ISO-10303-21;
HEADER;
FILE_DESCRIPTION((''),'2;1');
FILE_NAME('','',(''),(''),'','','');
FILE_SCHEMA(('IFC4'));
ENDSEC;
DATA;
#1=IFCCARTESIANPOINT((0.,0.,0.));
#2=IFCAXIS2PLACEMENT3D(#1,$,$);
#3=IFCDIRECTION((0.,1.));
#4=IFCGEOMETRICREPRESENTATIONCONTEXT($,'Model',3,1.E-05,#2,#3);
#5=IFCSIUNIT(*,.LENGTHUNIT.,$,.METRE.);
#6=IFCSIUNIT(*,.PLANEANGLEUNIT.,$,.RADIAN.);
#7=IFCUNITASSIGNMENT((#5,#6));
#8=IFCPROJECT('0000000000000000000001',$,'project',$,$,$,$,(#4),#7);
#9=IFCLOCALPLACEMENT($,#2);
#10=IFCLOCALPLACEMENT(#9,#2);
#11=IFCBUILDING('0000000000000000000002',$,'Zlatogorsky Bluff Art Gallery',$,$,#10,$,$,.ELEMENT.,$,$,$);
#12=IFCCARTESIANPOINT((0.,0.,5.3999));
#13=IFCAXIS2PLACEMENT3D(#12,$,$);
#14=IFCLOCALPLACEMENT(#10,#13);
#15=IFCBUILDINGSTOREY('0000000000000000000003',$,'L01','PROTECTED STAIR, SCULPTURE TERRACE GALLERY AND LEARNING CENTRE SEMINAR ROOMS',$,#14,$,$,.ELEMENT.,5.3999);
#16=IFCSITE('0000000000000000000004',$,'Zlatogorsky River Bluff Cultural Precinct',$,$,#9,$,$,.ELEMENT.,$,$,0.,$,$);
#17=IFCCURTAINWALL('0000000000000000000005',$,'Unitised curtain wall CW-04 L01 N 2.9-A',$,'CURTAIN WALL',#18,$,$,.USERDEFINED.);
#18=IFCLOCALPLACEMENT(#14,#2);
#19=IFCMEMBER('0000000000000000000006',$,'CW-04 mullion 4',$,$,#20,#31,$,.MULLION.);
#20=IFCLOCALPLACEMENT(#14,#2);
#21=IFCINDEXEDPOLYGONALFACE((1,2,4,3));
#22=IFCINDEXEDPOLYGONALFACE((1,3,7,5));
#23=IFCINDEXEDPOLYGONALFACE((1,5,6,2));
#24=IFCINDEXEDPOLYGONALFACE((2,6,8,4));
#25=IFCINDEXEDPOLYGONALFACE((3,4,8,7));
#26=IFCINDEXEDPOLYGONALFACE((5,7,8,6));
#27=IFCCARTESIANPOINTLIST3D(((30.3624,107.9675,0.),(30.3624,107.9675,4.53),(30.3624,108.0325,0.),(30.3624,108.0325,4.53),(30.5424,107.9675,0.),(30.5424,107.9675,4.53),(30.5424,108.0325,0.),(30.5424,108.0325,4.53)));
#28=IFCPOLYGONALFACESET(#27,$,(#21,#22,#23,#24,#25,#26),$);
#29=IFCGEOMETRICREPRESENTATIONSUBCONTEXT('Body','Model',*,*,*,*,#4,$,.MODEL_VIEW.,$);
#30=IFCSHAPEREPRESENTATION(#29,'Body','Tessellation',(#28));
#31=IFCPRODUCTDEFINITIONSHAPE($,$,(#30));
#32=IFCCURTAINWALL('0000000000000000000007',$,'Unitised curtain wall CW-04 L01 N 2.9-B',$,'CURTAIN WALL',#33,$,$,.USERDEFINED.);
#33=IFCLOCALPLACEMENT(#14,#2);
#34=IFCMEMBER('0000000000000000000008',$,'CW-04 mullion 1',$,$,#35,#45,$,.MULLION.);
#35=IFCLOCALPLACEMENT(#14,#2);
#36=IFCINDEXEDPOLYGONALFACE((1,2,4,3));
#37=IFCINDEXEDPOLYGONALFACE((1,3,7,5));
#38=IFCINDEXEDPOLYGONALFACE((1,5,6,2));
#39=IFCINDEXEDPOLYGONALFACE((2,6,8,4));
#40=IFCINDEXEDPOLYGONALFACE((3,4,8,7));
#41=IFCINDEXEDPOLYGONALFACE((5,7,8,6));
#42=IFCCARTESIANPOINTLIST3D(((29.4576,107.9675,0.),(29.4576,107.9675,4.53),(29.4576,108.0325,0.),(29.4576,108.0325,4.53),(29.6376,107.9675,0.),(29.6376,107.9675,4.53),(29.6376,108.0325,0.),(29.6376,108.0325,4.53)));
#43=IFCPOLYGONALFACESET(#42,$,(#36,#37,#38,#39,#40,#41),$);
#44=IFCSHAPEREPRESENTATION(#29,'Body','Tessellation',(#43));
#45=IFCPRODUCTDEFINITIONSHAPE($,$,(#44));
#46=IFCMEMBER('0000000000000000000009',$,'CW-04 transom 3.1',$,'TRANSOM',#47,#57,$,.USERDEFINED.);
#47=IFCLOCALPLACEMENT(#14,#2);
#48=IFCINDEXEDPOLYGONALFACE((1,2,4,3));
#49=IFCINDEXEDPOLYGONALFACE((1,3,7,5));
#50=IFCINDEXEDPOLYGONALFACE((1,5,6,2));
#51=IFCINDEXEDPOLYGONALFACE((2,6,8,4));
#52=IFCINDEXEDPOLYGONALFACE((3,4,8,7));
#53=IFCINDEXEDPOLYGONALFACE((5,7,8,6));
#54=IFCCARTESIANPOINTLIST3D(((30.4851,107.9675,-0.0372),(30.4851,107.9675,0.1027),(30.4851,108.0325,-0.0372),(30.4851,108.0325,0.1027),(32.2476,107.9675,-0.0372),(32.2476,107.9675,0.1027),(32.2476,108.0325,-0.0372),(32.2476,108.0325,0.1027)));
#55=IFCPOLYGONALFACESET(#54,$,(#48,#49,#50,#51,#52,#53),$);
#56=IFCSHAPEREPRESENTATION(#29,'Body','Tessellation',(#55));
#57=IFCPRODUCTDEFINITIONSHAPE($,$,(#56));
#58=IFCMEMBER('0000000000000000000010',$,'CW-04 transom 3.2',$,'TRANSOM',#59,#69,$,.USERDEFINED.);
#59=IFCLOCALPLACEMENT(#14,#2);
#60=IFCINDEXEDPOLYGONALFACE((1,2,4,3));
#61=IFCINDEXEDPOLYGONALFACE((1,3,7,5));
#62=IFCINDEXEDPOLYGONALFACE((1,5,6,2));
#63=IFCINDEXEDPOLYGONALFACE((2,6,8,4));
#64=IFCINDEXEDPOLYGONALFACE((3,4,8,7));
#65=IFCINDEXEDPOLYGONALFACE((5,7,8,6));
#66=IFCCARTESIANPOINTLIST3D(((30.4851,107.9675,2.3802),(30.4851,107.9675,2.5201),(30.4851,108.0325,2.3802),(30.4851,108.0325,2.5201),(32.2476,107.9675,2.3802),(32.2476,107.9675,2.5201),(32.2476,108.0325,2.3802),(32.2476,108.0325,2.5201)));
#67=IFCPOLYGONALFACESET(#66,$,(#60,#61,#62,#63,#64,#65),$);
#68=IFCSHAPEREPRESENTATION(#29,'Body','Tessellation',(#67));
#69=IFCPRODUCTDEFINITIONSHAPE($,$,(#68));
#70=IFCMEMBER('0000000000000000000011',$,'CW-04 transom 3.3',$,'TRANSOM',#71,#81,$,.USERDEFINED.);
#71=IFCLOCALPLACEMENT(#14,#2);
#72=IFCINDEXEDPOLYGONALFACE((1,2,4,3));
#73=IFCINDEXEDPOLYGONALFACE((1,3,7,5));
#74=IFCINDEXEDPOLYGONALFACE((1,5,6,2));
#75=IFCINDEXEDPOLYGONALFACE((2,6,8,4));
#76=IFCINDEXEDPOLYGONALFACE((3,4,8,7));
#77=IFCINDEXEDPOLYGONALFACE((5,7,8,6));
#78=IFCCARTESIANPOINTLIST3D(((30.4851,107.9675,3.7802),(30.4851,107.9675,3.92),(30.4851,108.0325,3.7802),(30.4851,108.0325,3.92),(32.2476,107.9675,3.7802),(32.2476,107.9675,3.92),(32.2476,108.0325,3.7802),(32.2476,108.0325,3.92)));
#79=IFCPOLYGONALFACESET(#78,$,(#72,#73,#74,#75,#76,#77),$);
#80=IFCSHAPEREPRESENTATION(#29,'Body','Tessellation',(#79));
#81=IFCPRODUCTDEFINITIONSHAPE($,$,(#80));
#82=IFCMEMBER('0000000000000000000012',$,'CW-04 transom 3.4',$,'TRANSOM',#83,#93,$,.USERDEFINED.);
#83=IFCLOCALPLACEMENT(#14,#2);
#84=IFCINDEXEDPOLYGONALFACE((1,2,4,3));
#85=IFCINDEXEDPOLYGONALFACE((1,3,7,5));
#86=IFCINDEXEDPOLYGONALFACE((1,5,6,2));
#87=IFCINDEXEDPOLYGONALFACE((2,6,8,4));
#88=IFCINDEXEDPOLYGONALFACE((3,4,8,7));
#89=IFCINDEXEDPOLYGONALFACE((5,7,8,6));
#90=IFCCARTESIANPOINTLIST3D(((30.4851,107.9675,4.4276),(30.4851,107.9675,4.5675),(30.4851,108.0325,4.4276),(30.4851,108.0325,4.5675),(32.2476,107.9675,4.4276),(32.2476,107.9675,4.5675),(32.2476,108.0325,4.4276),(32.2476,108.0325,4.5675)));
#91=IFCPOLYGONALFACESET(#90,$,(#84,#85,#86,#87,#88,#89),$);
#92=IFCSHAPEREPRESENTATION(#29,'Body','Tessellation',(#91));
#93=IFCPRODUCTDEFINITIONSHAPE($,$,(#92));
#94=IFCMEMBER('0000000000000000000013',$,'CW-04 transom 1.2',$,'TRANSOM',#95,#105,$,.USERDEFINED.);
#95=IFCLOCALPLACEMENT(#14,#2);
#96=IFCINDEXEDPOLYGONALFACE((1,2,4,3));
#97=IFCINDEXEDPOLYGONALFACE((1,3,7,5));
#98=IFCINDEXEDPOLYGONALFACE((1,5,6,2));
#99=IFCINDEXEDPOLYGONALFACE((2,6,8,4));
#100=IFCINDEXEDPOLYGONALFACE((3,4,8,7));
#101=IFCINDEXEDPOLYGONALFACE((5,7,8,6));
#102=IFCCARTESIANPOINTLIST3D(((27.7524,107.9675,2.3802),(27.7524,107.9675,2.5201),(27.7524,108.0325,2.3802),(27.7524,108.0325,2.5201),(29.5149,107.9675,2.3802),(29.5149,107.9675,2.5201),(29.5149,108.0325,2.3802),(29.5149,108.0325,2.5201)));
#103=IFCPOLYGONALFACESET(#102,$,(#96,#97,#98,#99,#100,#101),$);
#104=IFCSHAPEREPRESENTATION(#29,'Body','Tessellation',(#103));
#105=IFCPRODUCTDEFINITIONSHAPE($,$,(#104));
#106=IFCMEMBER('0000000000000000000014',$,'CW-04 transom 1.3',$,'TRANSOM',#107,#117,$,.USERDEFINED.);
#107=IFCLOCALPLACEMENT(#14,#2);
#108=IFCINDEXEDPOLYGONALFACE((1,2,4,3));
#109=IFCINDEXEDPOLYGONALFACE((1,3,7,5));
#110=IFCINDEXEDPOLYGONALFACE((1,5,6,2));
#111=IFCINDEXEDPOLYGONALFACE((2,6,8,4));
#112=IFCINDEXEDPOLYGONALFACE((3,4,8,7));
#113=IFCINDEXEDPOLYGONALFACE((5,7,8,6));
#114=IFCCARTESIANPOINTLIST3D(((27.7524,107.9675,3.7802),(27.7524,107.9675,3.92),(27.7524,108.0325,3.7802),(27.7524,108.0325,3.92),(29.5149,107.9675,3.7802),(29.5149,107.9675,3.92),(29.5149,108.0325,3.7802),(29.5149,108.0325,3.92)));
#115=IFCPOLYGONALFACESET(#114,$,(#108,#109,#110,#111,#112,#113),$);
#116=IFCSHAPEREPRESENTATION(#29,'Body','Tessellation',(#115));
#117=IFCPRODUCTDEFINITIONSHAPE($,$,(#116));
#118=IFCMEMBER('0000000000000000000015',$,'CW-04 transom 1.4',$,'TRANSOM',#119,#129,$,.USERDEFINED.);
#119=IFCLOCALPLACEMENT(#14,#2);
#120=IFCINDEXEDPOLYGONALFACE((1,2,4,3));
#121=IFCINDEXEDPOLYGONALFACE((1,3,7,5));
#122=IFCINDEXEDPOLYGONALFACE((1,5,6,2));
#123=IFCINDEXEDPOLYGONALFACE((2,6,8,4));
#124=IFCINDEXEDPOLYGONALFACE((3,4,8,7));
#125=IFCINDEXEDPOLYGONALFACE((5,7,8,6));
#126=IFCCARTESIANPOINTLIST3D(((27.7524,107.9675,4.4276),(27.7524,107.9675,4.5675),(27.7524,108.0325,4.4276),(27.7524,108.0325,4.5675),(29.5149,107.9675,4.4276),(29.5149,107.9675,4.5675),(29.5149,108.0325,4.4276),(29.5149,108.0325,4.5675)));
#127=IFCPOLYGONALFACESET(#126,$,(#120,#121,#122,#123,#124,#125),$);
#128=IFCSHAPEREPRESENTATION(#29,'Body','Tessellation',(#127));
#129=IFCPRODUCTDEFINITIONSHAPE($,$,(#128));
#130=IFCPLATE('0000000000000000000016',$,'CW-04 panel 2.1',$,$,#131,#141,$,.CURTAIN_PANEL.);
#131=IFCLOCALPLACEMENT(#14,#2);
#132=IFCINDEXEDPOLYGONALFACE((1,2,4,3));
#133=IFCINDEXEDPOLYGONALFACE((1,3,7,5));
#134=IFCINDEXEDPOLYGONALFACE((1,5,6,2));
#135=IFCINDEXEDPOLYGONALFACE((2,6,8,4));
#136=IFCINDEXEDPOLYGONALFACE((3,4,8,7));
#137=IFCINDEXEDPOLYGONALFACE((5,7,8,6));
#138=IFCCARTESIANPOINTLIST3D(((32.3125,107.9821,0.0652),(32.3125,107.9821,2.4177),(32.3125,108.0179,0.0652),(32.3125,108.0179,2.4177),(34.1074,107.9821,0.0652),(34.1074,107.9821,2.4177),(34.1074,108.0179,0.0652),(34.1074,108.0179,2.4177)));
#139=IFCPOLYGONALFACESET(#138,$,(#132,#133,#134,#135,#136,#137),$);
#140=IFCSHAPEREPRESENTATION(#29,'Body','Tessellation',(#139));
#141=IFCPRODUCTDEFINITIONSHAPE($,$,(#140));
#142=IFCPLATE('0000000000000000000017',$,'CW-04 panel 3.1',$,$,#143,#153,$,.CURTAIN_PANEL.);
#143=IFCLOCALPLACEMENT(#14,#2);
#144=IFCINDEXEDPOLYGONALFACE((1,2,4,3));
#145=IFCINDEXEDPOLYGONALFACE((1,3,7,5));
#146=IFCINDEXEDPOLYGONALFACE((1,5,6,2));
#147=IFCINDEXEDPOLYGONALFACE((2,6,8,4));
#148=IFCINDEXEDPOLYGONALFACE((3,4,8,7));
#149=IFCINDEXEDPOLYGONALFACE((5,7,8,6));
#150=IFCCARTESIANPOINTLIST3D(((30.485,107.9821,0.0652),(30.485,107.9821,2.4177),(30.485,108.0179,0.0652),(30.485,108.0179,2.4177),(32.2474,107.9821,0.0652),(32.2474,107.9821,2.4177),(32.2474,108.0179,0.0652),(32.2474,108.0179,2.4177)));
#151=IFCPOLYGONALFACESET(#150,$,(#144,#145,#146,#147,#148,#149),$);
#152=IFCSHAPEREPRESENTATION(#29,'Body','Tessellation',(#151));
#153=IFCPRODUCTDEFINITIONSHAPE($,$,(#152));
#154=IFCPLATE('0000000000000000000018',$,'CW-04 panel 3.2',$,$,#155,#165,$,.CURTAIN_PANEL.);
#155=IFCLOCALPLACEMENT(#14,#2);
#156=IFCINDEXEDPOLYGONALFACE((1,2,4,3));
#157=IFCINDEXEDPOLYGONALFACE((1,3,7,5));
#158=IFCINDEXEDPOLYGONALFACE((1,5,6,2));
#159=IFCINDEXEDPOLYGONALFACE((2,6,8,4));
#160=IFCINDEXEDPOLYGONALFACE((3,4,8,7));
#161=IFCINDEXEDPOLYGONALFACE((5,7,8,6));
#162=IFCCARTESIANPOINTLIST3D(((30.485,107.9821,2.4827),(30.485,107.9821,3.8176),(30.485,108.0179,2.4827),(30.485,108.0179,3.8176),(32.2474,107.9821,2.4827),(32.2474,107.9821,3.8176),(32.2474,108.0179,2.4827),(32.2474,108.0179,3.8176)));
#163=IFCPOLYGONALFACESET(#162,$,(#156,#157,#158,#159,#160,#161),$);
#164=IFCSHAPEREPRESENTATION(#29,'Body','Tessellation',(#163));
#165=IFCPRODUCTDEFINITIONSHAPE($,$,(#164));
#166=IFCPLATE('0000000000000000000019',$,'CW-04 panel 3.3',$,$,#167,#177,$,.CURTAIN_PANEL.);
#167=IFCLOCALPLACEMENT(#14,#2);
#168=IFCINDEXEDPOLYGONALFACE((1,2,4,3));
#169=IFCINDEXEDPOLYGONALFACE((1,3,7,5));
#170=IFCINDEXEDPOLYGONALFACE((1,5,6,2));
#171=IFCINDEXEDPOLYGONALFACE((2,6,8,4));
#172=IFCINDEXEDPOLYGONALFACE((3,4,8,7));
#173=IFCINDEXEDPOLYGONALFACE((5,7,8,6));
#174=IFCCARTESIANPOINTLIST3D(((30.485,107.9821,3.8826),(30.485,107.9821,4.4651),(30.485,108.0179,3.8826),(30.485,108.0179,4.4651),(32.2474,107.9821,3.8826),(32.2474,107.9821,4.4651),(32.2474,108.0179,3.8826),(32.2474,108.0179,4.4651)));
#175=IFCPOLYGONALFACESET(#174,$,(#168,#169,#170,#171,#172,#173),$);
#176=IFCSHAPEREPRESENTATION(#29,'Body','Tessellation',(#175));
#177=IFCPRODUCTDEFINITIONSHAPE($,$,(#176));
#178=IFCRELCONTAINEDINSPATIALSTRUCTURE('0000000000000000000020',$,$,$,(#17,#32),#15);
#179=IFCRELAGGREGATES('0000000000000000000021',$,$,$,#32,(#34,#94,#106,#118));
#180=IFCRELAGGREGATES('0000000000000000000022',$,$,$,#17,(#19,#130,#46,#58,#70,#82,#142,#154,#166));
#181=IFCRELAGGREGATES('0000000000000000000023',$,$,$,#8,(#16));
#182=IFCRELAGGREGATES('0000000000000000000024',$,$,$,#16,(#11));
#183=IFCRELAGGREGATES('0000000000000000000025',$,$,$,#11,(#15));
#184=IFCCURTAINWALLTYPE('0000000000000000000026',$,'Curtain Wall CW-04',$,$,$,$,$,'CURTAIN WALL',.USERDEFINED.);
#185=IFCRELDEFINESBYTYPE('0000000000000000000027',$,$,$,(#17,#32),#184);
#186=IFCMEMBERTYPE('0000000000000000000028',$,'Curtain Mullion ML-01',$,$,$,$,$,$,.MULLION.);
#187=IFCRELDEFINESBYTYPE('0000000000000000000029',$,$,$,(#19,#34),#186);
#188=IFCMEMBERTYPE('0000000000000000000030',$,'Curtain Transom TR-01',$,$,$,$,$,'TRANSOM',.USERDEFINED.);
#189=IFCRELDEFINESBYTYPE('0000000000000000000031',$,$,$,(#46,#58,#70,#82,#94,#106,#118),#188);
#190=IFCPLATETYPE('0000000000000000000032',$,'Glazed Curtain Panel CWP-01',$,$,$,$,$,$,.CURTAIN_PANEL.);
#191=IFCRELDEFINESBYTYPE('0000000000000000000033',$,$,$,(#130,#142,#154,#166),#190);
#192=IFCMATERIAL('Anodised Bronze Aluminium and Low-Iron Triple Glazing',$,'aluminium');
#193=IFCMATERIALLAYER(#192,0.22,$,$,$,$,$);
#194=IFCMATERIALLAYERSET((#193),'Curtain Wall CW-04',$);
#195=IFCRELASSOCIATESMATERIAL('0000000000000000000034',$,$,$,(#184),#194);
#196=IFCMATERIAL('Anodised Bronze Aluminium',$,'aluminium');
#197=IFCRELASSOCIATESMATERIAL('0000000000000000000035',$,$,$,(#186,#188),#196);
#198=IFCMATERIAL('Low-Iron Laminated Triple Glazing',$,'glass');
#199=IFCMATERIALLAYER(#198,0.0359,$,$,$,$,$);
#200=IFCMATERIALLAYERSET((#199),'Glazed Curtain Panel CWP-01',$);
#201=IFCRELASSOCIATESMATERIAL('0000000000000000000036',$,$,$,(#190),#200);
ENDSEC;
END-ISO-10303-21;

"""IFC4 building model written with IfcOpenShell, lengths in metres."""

from ifc_helpers import new_model, si_unit, direction, frame, origin, origin_2d, place, context, subcontext, project, spatial, rectangle, extrude, material, layer, layer_set, material_profile, profile_set, type_object, element, aggregate, save


model = new_model("IFC4")

# Units and contexts
model_context = context("Model", 3, precision=1e-05, world=origin(), true_north=direction((0.0, 1.0)))
body_context = subcontext(model_context, "Body", "Model", "MODEL_VIEW")
ifc_project = project(units=[si_unit("LENGTHUNIT", "METRE"), si_unit("PLANEANGLEUNIT", "RADIAN")], contexts=[model_context])

# Site, building, storey
site_placement = place(None, origin())
site = spatial("IfcSite", under=ifc_project, at=site_placement, Name="Zlatogorsky River Bluff Cultural Precinct", CompositionType="ELEMENT", RefElevation=0.0)
building_placement = place(site_placement, origin())
building = spatial("IfcBuilding", under=site, at=building_placement, Name="Zlatogorsky Bluff Art Gallery", CompositionType="ELEMENT")
storey_placement = place(building_placement, frame((0.0, 0.0, 5.3999)))
storey = spatial("IfcBuildingStorey", under=building, at=storey_placement, Name="L01", Description="PROTECTED STAIR, SCULPTURE TERRACE GALLERY AND LEARNING CENTRE SEMINAR ROOMS", CompositionType="ELEMENT", Elevation=5.3999)

# Curtain wall, member
ifc_material_1 = material(Name="Anodised Bronze Aluminium and Low-Iron Triple Glazing", Category="aluminium")
ifc_layer_1 = layer(ifc_material_1, 0.22)
ifc_layer_set_1 = layer_set([ifc_layer_1], Name="Curtain Wall CW-04")
curtain_wall_type = type_object("IfcCurtainWallType", Name="Curtain Wall CW-04", ElementType="CURTAIN WALL", PredefinedType="USERDEFINED", material=ifc_layer_set_1)
curtain_wall_1_placement = place(storey_placement, origin())
curtain_wall_1 = element("IfcCurtainWall", 1, at=curtain_wall_1_placement, inside=storey, type_object=curtain_wall_type, Name="Unitised curtain wall CW-04 L01 N 2.9-A", ObjectType="CURTAIN WALL", PredefinedType="USERDEFINED")
ifc_material_2 = material(Name="Anodised Bronze Aluminium", Category="aluminium")
ifc_material_profile_1 = material_profile(ifc_material_2, rectangle(XDim=0.0649, YDim=0.1799, at=origin_2d()), Name="ALU MULLION 65x180")
ifc_profile_set_1 = profile_set([ifc_material_profile_1], Name="Anodised Bronze Aluminium")
member_type_1 = type_object("IfcMemberType", Name="Curtain Mullion ML-01", PredefinedType="MULLION", material=ifc_profile_set_1)
member_1_placement = place(storey_placement, frame((30.4524, 108.0, 0.0), z_axis=(0.0, 0.0, 1.0), x_axis=(0.0, -1.0, 0.0)))
member_1 = element("IfcMember", 2, at=member_1_placement, type_object=member_type_1, Name="CW-04 mullion 4", PredefinedType="MULLION", context=body_context, shape_type="SweptSolid", body=[
    extrude(rectangle(XDim=0.0649, YDim=0.1799, at=origin_2d()), origin(), (0.0, 0.0, 1.0), 4.53),
])

# Curtain wall, member
curtain_wall_2_placement = place(storey_placement, origin())
curtain_wall_2 = element("IfcCurtainWall", 3, at=curtain_wall_2_placement, inside=storey, type_object=curtain_wall_type, Name="Unitised curtain wall CW-04 L01 N 2.9-B", ObjectType="CURTAIN WALL", PredefinedType="USERDEFINED")
member_2_placement = place(storey_placement, frame((29.5476, 108.0, 0.0), z_axis=(0.0, 0.0, 1.0), x_axis=(0.0, -1.0, 0.0)))
member_2 = element("IfcMember", 4, at=member_2_placement, type_object=member_type_1, Name="CW-04 mullion 1", PredefinedType="MULLION", context=body_context, shape_type="SweptSolid", body=[
    extrude(rectangle(XDim=0.0649, YDim=0.1799, at=origin_2d()), origin(), (0.0, 0.0, 1.0), 4.53),
])

# Members
ifc_material_profile_2 = material_profile(ifc_material_2, rectangle(XDim=0.0649, YDim=0.1399, at=origin_2d()), Name="ALU TRANSOM 65x140")
ifc_profile_set_2 = profile_set([ifc_material_profile_2], Name="Anodised Bronze Aluminium")
member_type_2 = type_object("IfcMemberType", Name="Curtain Transom TR-01", ElementType="TRANSOM", PredefinedType="USERDEFINED", material=ifc_profile_set_2)
member_3_placement = place(storey_placement, frame((32.2476, 108.0, 0.0327), z_axis=(-1.0, 0.0, 0.0), x_axis=(0.0, -1.0, 0.0)))
member_3 = element("IfcMember", 5, at=member_3_placement, type_object=member_type_2, Name="CW-04 transom 3.1", ObjectType="TRANSOM", PredefinedType="USERDEFINED", context=body_context, shape_type="SweptSolid", body=[
    extrude(rectangle(XDim=0.0649, YDim=0.1399, at=origin_2d()), origin(), (0.0, 0.0, 1.0), 1.7625),
])
member_4_placement = place(storey_placement, frame((32.2476, 108.0, 2.4502), z_axis=(-1.0, 0.0, 0.0), x_axis=(0.0, -1.0, 0.0)))
member_4 = element("IfcMember", 6, at=member_4_placement, type_object=member_type_2, Name="CW-04 transom 3.2", ObjectType="TRANSOM", PredefinedType="USERDEFINED", context=body_context, shape_type="SweptSolid", body=[
    extrude(rectangle(XDim=0.0649, YDim=0.1399, at=origin_2d()), origin(), (0.0, 0.0, 1.0), 1.7625),
])
member_5_placement = place(storey_placement, frame((32.2476, 108.0, 3.8501), z_axis=(-1.0, 0.0, 0.0), x_axis=(0.0, -1.0, 0.0)))
member_5 = element("IfcMember", 7, at=member_5_placement, type_object=member_type_2, Name="CW-04 transom 3.3", ObjectType="TRANSOM", PredefinedType="USERDEFINED", context=body_context, shape_type="SweptSolid", body=[
    extrude(rectangle(XDim=0.0649, YDim=0.1399, at=origin_2d()), origin(), (0.0, 0.0, 1.0), 1.7625),
])
member_6_placement = place(storey_placement, frame((32.2476, 108.0, 4.4976), z_axis=(-1.0, 0.0, 0.0), x_axis=(0.0, -1.0, 0.0)))
member_6 = element("IfcMember", 8, at=member_6_placement, type_object=member_type_2, Name="CW-04 transom 3.4", ObjectType="TRANSOM", PredefinedType="USERDEFINED", context=body_context, shape_type="SweptSolid", body=[
    extrude(rectangle(XDim=0.0649, YDim=0.1399, at=origin_2d()), origin(), (0.0, 0.0, 1.0), 1.7625),
])
member_7_placement = place(storey_placement, frame((29.5149, 108.0, 2.4502), z_axis=(-1.0, 0.0, 0.0), x_axis=(0.0, -1.0, 0.0)))
member_7 = element("IfcMember", 9, at=member_7_placement, type_object=member_type_2, Name="CW-04 transom 1.2", ObjectType="TRANSOM", PredefinedType="USERDEFINED", context=body_context, shape_type="SweptSolid", body=[
    extrude(rectangle(XDim=0.0649, YDim=0.1399, at=origin_2d()), origin(), (0.0, 0.0, 1.0), 1.7625),
])
member_8_placement = place(storey_placement, frame((29.5149, 108.0, 3.8501), z_axis=(-1.0, 0.0, 0.0), x_axis=(0.0, -1.0, 0.0)))
member_8 = element("IfcMember", 10, at=member_8_placement, type_object=member_type_2, Name="CW-04 transom 1.3", ObjectType="TRANSOM", PredefinedType="USERDEFINED", context=body_context, shape_type="SweptSolid", body=[
    extrude(rectangle(XDim=0.0649, YDim=0.1399, at=origin_2d()), origin(), (0.0, 0.0, 1.0), 1.7625),
])
member_9_placement = place(storey_placement, frame((29.5149, 108.0, 4.4976), z_axis=(-1.0, 0.0, 0.0), x_axis=(0.0, -1.0, 0.0)))
member_9 = element("IfcMember", 11, at=member_9_placement, type_object=member_type_2, Name="CW-04 transom 1.4", ObjectType="TRANSOM", PredefinedType="USERDEFINED", context=body_context, shape_type="SweptSolid", body=[
    extrude(rectangle(XDim=0.0649, YDim=0.1399, at=origin_2d()), origin(), (0.0, 0.0, 1.0), 1.7625),
])
aggregate(curtain_wall_2, [member_2, member_7, member_8, member_9])

# Plates
ifc_material_3 = material(Name="Low-Iron Laminated Triple Glazing", Category="glass")
ifc_layer_2 = layer(ifc_material_3, 0.0359)
ifc_layer_set_2 = layer_set([ifc_layer_2], Name="Glazed Curtain Panel CWP-01")
plate_type = type_object("IfcPlateType", Name="Glazed Curtain Panel CWP-01", PredefinedType="CURTAIN_PANEL", material=ifc_layer_set_2)
plate_1_placement = place(storey_placement, frame((33.21, 108.0, 0.0652), z_axis=(0.0, 0.0, 1.0), x_axis=(-1.0, 0.0, 0.0)))
plate_1 = element("IfcPlate", 12, at=plate_1_placement, type_object=plate_type, Name="CW-04 panel 2.1", PredefinedType="CURTAIN_PANEL", context=body_context, shape_type="SweptSolid", body=[
    extrude(rectangle(XDim=1.7949, YDim=0.0359, at=origin_2d()), origin(), (0.0, 0.0, 1.0), 2.3525),
])
plate_2_placement = place(storey_placement, frame((31.3662, 108.0, 0.0652), z_axis=(0.0, 0.0, 1.0), x_axis=(-1.0, 0.0, 0.0)))
plate_2 = element("IfcPlate", 13, at=plate_2_placement, type_object=plate_type, Name="CW-04 panel 3.1", PredefinedType="CURTAIN_PANEL", context=body_context, shape_type="SweptSolid", body=[
    extrude(rectangle(XDim=1.7625, YDim=0.0359, at=origin_2d()), origin(), (0.0, 0.0, 1.0), 2.3525),
])
plate_3_placement = place(storey_placement, frame((31.3662, 108.0, 2.4827), z_axis=(0.0, 0.0, 1.0), x_axis=(-1.0, 0.0, 0.0)))
plate_3 = element("IfcPlate", 14, at=plate_3_placement, type_object=plate_type, Name="CW-04 panel 3.2", PredefinedType="CURTAIN_PANEL", context=body_context, shape_type="SweptSolid", body=[
    extrude(rectangle(XDim=1.7625, YDim=0.0359, at=origin_2d()), origin(), (0.0, 0.0, 1.0), 1.335),
])
plate_4_placement = place(storey_placement, frame((31.3662, 108.0, 3.8826), z_axis=(0.0, 0.0, 1.0), x_axis=(-1.0, 0.0, 0.0)))
plate_4 = element("IfcPlate", 15, at=plate_4_placement, type_object=plate_type, Name="CW-04 panel 3.3", PredefinedType="CURTAIN_PANEL", context=body_context, shape_type="SweptSolid", body=[
    extrude(rectangle(XDim=1.7625, YDim=0.0359, at=origin_2d()), origin(), (0.0, 0.0, 1.0), 0.5825),
])
aggregate(curtain_wall_1, [member_1, plate_1, member_3, member_4, member_5, member_6, plate_2, plate_3, plate_4])

save(model, "model.ifc")
